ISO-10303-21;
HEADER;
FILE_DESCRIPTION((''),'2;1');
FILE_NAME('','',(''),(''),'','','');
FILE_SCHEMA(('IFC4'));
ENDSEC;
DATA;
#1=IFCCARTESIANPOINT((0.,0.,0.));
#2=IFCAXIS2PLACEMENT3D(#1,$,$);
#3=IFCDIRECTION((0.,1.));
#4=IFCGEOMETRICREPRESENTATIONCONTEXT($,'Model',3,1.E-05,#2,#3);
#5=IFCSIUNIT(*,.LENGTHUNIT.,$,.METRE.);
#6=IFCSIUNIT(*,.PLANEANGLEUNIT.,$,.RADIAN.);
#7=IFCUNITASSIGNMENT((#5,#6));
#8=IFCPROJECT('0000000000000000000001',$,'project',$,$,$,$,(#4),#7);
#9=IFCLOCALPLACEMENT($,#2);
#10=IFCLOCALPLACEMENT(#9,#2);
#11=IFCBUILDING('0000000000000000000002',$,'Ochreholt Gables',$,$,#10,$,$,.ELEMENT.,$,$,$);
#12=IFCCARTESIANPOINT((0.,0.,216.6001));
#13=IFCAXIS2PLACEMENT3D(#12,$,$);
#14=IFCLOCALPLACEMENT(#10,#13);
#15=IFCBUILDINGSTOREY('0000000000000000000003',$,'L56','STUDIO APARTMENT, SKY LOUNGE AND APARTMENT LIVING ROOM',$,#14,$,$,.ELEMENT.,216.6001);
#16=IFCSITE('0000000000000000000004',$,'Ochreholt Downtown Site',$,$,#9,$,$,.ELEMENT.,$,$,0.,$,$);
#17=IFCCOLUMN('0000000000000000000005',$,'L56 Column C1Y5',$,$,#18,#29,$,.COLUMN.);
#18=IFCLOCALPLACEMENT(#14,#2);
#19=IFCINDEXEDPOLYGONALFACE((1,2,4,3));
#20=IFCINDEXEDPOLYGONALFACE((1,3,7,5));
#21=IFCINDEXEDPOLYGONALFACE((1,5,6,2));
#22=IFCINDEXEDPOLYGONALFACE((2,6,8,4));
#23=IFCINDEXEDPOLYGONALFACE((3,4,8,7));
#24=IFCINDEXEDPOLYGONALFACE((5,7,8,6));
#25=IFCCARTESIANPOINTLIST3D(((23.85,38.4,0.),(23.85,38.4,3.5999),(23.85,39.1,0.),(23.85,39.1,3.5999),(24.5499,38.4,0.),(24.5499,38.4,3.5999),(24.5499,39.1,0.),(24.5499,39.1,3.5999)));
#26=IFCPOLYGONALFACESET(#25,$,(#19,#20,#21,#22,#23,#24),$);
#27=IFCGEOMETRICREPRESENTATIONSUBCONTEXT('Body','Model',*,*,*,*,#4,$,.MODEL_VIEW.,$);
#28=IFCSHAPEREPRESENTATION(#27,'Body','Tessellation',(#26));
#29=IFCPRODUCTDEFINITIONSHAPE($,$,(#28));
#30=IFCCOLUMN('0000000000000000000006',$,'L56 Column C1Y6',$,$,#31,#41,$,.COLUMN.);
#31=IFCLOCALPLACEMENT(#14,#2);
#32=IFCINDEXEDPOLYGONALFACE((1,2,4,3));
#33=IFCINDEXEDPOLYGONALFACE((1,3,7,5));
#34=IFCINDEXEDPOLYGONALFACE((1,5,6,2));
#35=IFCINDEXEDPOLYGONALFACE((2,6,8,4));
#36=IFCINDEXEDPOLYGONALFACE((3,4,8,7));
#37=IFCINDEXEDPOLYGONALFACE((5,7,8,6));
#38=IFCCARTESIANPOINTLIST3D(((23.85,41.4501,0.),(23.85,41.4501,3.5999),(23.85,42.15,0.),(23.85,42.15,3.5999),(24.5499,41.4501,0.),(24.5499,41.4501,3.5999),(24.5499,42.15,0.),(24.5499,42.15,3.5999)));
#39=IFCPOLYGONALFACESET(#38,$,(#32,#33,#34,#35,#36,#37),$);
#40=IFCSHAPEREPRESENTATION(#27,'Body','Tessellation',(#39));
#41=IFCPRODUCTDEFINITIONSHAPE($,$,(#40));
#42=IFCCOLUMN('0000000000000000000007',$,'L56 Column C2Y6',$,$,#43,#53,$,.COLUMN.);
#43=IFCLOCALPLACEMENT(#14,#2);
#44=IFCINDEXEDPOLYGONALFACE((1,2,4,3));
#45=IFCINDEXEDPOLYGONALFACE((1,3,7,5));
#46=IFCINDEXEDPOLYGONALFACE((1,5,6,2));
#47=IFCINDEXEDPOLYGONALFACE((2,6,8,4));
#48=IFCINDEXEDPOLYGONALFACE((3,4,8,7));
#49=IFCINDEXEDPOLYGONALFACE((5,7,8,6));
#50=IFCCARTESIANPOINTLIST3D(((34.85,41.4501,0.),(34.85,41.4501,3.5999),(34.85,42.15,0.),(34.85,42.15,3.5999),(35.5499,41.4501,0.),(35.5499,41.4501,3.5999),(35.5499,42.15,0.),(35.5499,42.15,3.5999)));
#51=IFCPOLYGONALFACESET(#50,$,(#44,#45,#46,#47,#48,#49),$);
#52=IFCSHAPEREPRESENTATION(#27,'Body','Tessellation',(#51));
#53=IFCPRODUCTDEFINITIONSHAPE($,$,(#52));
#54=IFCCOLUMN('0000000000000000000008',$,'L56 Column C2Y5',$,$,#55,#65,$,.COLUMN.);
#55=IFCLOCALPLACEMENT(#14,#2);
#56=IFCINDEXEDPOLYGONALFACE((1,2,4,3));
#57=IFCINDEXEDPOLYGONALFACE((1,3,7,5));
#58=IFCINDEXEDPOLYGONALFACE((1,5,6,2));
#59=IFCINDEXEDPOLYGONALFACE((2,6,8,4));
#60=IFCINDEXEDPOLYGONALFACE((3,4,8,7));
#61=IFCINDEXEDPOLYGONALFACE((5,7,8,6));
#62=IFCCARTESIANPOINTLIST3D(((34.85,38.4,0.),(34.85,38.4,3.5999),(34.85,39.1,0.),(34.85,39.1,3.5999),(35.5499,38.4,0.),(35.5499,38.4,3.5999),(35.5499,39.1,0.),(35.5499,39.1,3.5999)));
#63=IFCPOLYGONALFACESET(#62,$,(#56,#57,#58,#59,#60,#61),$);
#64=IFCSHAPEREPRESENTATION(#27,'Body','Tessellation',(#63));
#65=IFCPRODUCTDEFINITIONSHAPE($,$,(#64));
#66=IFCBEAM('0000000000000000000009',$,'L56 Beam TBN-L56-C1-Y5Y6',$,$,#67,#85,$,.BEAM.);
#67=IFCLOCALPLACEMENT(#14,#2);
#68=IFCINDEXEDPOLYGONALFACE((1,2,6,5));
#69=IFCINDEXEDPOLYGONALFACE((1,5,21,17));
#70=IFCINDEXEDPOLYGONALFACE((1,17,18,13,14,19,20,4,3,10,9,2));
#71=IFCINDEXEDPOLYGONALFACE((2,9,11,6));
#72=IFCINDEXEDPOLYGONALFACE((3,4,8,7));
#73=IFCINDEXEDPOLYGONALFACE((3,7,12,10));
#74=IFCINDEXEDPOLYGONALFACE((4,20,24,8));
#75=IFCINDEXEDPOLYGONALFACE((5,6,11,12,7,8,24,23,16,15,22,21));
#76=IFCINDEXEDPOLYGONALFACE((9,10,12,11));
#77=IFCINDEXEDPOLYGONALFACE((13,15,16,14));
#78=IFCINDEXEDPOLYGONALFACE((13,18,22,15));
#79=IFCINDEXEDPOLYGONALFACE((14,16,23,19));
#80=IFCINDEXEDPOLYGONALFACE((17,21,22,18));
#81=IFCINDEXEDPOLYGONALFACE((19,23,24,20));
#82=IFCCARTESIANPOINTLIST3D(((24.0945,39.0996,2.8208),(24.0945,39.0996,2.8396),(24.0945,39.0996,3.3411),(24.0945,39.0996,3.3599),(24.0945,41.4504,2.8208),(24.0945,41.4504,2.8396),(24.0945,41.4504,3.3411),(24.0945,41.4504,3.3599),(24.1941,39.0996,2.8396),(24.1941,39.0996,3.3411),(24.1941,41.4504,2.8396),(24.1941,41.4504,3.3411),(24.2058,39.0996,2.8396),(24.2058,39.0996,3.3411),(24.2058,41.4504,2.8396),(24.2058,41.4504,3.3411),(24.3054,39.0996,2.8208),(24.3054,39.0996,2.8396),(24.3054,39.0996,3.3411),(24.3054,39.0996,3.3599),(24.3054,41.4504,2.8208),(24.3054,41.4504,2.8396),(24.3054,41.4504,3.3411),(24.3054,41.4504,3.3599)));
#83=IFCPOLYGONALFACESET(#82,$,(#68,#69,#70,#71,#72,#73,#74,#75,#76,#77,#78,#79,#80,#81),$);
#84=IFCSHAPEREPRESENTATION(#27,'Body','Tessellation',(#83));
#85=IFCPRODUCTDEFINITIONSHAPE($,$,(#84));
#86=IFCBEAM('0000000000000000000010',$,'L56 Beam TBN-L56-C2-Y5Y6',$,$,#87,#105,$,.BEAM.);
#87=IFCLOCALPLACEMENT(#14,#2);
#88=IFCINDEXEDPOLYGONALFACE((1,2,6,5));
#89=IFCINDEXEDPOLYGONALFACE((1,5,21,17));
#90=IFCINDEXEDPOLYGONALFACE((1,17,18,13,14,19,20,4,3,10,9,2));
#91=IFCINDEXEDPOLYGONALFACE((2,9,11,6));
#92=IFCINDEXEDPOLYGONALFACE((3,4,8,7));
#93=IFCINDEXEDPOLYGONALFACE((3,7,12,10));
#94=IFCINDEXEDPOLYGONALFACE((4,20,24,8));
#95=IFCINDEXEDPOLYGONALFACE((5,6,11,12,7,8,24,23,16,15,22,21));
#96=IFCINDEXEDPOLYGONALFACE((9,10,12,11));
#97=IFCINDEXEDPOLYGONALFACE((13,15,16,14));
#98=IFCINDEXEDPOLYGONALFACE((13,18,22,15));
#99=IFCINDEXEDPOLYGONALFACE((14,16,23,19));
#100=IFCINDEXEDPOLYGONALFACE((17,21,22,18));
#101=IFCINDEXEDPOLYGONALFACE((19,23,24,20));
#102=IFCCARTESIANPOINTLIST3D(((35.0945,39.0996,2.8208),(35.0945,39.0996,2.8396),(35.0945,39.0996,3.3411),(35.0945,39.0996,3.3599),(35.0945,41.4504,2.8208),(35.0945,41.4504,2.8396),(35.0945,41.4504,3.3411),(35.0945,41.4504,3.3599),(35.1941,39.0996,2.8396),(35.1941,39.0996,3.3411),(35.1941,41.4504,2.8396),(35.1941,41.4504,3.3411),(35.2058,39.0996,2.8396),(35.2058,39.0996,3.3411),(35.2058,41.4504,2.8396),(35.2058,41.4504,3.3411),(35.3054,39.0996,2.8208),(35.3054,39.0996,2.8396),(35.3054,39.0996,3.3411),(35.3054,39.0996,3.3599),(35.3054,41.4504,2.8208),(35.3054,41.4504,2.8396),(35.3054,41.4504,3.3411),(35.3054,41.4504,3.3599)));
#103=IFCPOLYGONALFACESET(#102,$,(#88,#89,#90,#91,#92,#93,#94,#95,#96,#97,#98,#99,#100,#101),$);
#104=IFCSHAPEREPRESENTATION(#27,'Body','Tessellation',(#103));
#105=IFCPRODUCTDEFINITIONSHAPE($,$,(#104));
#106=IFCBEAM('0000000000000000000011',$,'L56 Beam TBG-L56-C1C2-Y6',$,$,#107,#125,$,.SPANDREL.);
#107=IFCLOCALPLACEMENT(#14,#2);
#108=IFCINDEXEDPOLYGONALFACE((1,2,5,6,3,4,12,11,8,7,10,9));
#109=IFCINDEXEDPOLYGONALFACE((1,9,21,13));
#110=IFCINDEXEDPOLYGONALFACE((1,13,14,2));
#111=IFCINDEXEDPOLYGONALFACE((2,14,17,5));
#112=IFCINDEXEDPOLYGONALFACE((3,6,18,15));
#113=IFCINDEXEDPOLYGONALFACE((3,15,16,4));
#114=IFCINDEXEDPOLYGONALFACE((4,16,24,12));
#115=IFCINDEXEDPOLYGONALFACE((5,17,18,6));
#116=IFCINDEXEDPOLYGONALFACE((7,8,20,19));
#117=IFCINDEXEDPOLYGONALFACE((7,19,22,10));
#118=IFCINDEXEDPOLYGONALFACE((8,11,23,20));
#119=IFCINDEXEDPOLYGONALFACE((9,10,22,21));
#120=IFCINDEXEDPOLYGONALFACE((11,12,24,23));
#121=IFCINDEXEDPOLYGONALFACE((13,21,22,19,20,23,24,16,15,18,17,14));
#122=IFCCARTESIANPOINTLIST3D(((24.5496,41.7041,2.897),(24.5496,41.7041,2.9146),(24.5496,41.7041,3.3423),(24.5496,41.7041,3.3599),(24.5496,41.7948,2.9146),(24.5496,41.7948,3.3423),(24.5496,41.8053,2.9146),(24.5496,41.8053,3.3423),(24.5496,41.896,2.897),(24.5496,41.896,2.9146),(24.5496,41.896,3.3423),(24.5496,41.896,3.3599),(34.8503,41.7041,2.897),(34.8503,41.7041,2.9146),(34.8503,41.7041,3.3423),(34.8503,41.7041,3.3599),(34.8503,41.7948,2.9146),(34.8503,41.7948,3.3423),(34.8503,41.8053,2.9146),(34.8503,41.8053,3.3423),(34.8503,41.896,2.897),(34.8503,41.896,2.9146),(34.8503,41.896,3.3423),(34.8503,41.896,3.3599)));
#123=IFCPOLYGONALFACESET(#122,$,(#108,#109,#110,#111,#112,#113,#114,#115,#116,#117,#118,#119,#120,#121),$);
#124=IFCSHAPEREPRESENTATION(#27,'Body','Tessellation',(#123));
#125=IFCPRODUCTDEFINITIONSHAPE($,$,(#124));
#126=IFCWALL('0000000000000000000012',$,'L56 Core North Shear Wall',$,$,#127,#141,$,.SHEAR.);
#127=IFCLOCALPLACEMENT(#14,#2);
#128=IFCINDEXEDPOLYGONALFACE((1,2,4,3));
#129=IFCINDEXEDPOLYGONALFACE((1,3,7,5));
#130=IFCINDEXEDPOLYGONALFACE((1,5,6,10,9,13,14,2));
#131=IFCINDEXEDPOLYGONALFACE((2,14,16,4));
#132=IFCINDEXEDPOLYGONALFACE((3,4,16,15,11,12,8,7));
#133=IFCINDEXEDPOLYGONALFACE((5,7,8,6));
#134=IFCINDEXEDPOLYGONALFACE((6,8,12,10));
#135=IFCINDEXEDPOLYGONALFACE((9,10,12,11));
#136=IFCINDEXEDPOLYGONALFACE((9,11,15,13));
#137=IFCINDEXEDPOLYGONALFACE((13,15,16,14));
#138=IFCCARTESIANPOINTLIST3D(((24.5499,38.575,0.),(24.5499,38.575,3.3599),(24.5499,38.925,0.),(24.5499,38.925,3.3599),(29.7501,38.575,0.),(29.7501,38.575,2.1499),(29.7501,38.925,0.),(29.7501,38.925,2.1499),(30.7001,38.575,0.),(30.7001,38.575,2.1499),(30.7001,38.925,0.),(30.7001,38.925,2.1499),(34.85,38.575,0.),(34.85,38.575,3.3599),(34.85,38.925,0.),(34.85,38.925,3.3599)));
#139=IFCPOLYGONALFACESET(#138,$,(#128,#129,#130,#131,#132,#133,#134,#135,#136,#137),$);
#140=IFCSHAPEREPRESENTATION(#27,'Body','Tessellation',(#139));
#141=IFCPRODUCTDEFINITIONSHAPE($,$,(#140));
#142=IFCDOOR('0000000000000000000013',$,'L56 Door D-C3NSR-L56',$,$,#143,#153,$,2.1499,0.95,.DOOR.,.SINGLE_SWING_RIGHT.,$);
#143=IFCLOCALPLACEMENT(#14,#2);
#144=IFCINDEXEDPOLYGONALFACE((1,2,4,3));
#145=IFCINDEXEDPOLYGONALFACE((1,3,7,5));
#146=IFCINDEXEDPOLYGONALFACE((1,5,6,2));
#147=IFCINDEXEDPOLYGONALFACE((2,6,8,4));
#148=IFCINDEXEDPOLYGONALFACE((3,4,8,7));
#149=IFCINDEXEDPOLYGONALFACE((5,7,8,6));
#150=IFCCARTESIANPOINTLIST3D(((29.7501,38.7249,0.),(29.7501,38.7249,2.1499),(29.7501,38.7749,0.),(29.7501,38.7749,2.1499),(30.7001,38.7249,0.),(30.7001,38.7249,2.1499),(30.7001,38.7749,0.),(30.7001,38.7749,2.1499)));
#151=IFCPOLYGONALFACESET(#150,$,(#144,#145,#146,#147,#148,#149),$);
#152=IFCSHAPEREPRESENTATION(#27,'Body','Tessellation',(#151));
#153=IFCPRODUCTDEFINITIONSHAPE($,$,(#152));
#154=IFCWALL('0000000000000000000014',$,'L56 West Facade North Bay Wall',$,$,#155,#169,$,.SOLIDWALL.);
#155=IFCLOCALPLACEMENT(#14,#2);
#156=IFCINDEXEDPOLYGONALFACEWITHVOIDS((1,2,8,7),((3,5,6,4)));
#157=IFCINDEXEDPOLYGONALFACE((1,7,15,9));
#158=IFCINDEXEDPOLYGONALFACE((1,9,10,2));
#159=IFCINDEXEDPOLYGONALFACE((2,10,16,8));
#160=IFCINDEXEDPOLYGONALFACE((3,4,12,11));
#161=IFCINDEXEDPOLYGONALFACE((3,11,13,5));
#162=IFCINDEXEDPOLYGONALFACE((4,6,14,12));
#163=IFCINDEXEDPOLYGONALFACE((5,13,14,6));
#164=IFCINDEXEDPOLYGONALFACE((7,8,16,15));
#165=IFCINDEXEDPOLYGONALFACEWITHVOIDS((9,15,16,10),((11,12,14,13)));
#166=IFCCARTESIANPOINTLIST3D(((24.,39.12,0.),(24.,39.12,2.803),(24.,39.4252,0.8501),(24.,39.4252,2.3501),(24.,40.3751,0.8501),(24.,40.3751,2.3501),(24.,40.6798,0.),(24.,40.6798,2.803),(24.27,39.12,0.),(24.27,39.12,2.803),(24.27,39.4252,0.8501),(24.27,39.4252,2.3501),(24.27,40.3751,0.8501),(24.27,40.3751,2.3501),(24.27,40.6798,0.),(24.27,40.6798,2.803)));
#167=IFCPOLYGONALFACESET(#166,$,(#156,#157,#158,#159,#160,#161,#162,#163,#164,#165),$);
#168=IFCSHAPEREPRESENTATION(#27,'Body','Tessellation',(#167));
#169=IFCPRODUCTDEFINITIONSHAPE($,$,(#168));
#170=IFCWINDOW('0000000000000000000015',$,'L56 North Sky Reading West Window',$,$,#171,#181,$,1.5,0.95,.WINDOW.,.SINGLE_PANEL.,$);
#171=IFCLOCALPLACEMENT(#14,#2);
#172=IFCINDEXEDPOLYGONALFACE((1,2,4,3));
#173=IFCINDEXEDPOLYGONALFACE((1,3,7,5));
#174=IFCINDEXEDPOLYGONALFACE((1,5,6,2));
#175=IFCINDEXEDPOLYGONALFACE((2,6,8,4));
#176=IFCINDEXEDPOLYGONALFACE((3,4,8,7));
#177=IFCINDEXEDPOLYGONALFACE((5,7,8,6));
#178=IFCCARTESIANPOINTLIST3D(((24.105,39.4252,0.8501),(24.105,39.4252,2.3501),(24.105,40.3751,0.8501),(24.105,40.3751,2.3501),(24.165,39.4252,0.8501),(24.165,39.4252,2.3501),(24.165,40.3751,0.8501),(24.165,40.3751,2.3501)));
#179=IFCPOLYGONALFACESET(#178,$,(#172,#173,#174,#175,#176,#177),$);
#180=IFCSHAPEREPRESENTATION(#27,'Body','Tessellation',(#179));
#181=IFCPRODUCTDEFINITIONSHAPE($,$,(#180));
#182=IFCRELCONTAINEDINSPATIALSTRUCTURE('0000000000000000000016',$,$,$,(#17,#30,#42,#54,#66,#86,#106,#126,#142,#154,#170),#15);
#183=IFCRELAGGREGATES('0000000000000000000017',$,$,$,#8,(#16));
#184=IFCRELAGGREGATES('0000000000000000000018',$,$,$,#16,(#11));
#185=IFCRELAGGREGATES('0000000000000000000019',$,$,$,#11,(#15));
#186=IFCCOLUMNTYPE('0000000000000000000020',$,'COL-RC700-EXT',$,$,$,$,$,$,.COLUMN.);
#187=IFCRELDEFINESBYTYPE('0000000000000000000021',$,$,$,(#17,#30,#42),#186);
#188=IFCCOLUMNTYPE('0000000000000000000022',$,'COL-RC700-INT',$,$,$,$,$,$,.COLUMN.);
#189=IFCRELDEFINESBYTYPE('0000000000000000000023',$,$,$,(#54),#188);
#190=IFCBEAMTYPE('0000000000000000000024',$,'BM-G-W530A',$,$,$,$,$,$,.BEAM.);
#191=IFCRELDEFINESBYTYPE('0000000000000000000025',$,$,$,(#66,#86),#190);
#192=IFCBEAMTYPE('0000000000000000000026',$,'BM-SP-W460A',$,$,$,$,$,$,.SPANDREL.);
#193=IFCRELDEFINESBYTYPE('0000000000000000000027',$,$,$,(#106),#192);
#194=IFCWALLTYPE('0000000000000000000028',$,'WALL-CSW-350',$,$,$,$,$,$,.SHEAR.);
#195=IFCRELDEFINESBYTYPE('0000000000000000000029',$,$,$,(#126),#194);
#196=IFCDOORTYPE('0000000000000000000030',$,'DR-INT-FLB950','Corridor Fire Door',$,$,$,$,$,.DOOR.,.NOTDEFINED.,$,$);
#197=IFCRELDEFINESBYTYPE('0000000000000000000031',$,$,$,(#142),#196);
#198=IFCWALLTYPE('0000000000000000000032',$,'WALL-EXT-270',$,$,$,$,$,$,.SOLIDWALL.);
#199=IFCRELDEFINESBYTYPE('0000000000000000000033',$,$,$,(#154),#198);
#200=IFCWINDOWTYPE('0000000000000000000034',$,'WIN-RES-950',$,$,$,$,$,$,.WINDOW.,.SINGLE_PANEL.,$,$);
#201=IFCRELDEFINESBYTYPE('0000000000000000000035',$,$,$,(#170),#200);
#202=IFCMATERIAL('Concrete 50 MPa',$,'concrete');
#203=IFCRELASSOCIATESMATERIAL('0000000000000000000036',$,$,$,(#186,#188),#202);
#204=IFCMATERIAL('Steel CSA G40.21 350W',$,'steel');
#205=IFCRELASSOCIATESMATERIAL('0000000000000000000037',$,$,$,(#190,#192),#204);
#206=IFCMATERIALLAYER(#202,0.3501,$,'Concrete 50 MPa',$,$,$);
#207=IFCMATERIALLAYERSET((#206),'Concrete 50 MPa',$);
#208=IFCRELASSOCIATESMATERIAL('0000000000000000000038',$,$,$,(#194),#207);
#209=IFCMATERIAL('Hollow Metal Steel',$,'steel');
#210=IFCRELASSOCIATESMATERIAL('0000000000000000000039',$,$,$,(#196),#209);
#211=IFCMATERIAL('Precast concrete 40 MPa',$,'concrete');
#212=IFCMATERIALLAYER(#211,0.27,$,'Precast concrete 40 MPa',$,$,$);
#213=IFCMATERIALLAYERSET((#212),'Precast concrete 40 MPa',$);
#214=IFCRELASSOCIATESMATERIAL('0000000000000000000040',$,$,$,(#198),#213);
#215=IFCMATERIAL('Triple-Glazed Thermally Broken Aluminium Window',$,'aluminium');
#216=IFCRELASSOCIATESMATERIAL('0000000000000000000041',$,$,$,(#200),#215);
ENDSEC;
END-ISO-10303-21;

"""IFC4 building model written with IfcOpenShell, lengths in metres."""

from ifc_helpers import new_model, si_unit, direction, frame, frame_2d, origin, origin_2d, place, context, subcontext, project, spatial, rectangle, i_section, extrude, material, layer, layer_set, material_profile, profile_set, type_object, element, fill, save


model = new_model("IFC4")

# Units and contexts
model_context = context("Model", 3, precision=1e-05, world=origin(), true_north=direction((0.0, 1.0)))
body_context = subcontext(model_context, "Body", "Model", "MODEL_VIEW")
ifc_project = project(units=[si_unit("LENGTHUNIT", "METRE"), si_unit("PLANEANGLEUNIT", "RADIAN")], contexts=[model_context])

# Site, building, storey
site_placement = place(None, origin())
site = spatial("IfcSite", under=ifc_project, at=site_placement, Name="Ochreholt Downtown Site", CompositionType="ELEMENT", RefElevation=0.0)
building_placement = place(site_placement, origin())
building = spatial("IfcBuilding", under=site, at=building_placement, Name="Ochreholt Gables", CompositionType="ELEMENT")
storey_placement = place(building_placement, frame((0.0, 0.0, 216.6001)))
storey = spatial("IfcBuildingStorey", under=building, at=storey_placement, Name="L56", Description="STUDIO APARTMENT, SKY LOUNGE AND APARTMENT LIVING ROOM", CompositionType="ELEMENT", Elevation=216.6001)

# Columns
ifc_material_1 = material(Name="Concrete 50 MPa", Category="concrete")
ifc_material_profile_1 = material_profile(ifc_material_1, rectangle(XDim=0.7, YDim=0.7, at=origin_2d()), Name="RC700X700")
ifc_profile_set_1 = profile_set([ifc_material_profile_1], Name="Concrete 50 MPa")
column_type_1 = type_object("IfcColumnType", Name="COL-RC700-EXT", PredefinedType="COLUMN", material=ifc_profile_set_1)
for number, where, z_axis, x_axis, name in (
    (1, (24.2, 38.75, 0.0), (0.0, 0.0, 1.0), (1.0, 0.0, 0.0), "L56 Column C1Y5"),
    (2, (24.2, 41.8, 0.0), (0.0, 0.0, 1.0), (1.0, 0.0, 0.0), "L56 Column C1Y6"),
    (3, (35.2, 41.8, 0.0), (0.0, 0.0, 1.0), (1.0, 0.0, 0.0), "L56 Column C2Y6"),
):
    element("IfcColumn", number, at=place(storey_placement, frame(where, z_axis=z_axis, x_axis=x_axis)), inside=storey, type_object=column_type_1, Name=name, PredefinedType="COLUMN", context=body_context, shape_type="SweptSolid", body=[
        extrude(rectangle(XDim=0.7, YDim=0.7, at=origin_2d()), origin(), (0.0, 0.0, 1.0), 3.5999),
    ])
ifc_material_profile_2 = material_profile(ifc_material_1, rectangle(XDim=0.7, YDim=0.7, at=origin_2d()), Name="RC700X700")
ifc_profile_set_2 = profile_set([ifc_material_profile_2], Name="Concrete 50 MPa")
column_type_2 = type_object("IfcColumnType", Name="COL-RC700-INT", PredefinedType="COLUMN", material=ifc_profile_set_2)
column_placement = place(storey_placement, frame((35.2, 38.75, 0.0), z_axis=(0.0, 0.0, 1.0), x_axis=(1.0, 0.0, 0.0)))
element("IfcColumn", 4, at=column_placement, inside=storey, type_object=column_type_2, Name="L56 Column C2Y5", PredefinedType="COLUMN", context=body_context, shape_type="SweptSolid", body=[
    extrude(rectangle(XDim=0.7, YDim=0.7, at=origin_2d()), origin(), (0.0, 0.0, 1.0), 3.5999),
])

# Beams
ifc_material_2 = material(Name="Steel CSA G40.21 350W", Category="steel")
ifc_material_profile_3 = material_profile(ifc_material_2, i_section(OverallWidth=0.2109, OverallDepth=0.5391, WebThickness=0.0117, FlangeThickness=0.0188, at=origin_2d()), Name="W530X109")
ifc_profile_set_3 = profile_set([ifc_material_profile_3], Name="Steel CSA G40.21 350W")
beam_type_1 = type_object("IfcBeamType", Name="BM-G-W530A", PredefinedType="BEAM", material=ifc_profile_set_3)
for number, where, z_axis, x_axis, name in (
    (5, (24.2, 39.0996, 3.0903), (0.0, 1.0, 0.0), (-1.0, 0.0, 0.0), "L56 Beam TBN-L56-C1-Y5Y6"),
    (6, (35.2, 39.0996, 3.0903), (0.0, 1.0, 0.0), (-1.0, 0.0, 0.0), "L56 Beam TBN-L56-C2-Y5Y6"),
):
    element("IfcBeam", number, at=place(storey_placement, frame(where, z_axis=z_axis, x_axis=x_axis)), inside=storey, type_object=beam_type_1, Name=name, PredefinedType="BEAM", context=body_context, shape_type="SweptSolid", body=[
        extrude(i_section(OverallWidth=0.2109, OverallDepth=0.5391, WebThickness=0.0117, FlangeThickness=0.0188, at=origin_2d()), origin(), (0.0, 0.0, 1.0), 2.3508),
    ])
ifc_material_profile_4 = material_profile(ifc_material_2, i_section(OverallWidth=0.1919, OverallDepth=0.4629, WebThickness=0.0105, FlangeThickness=0.0176, at=origin_2d()), Name="W460X89")
ifc_profile_set_4 = profile_set([ifc_material_profile_4], Name="Steel CSA G40.21 350W")
beam_type_2 = type_object("IfcBeamType", Name="BM-SP-W460A", PredefinedType="SPANDREL", material=ifc_profile_set_4)
beam_placement = place(storey_placement, frame((24.5496, 41.8, 3.1284), z_axis=(1.0, 0.0, 0.0), x_axis=(0.0, 1.0, 0.0)))
element("IfcBeam", 7, at=beam_placement, inside=storey, type_object=beam_type_2, Name="L56 Beam TBG-L56-C1C2-Y6", PredefinedType="SPANDREL", context=body_context, shape_type="SweptSolid", body=[
    extrude(i_section(OverallWidth=0.1919, OverallDepth=0.4629, WebThickness=0.0105, FlangeThickness=0.0176, at=origin_2d()), origin(), (0.0, 0.0, 1.0), 10.3008),
])

# Wall, opening, door
ifc_layer_1 = layer(ifc_material_1, 0.3501, Name="Concrete 50 MPa")
ifc_layer_set_1 = layer_set([ifc_layer_1], Name="Concrete 50 MPa")
wall_type_1 = type_object("IfcWallType", Name="WALL-CSW-350", PredefinedType="SHEAR", material=ifc_layer_set_1)
wall_1_placement = place(storey_placement, frame((24.55, 38.75, 0.0), z_axis=(0.0, 0.0, 1.0), x_axis=(1.0, 0.0, 0.0)))
wall_1 = element("IfcWall", 8, at=wall_1_placement, inside=storey, type_object=wall_type_1, Name="L56 Core North Shear Wall", PredefinedType="SHEAR", context=body_context, shape_type="SweptSolid", body=[
    extrude(rectangle(XDim=10.3, YDim=0.3501, at=frame_2d((5.1499, 0.0))), origin(), (0.0, 0.0, 1.0), 3.3599),
])
opening_1_placement = place(wall_1_placement, frame((5.2, 0.0, 0.0)))
opening_1 = element("IfcOpeningElement", 9, at=opening_1_placement, cuts=wall_1, PredefinedType="OPENING", context=body_context, shape_type="SweptSolid", body=[
    extrude(rectangle(XDim=0.95, YDim=2.1499, at=frame_2d((0.4751, 1.075))), frame((0.0, 0.1851, 0.0), z_axis=(0.0, -1.0, 0.0), x_axis=(1.0, 0.0, 0.0)), (0.0, 0.0, 1.0), 0.3701),
])
ifc_material_3 = material(Name="Hollow Metal Steel", Category="steel")
door_type_1 = type_object("IfcDoorType", Name="DR-INT-FLB950", Description="Corridor Fire Door", OperationType="NOTDEFINED", PredefinedType="DOOR", material=ifc_material_3)
door_1_placement = place(opening_1_placement, origin())
door_1 = element("IfcDoor", 10, at=door_1_placement, inside=storey, type_object=door_type_1, Name="L56 Door D-C3NSR-L56", OperationType="SINGLE_SWING_RIGHT", OverallHeight=2.1499, OverallWidth=0.95, PredefinedType="DOOR", context=body_context, shape_type="SweptSolid", body=[
    extrude(rectangle(XDim=0.95, YDim=2.1499, at=frame_2d((0.4751, 1.075))), frame((0.0, 0.0249, 0.0), z_axis=(0.0, -1.0, 0.0), x_axis=(1.0, 0.0, 0.0)), (0.0, 0.0, 1.0), 0.05),
])
fill(opening_1, door_1)

# Wall, opening, window
ifc_material_4 = material(Name="Precast concrete 40 MPa", Category="concrete")
ifc_layer_2 = layer(ifc_material_4, 0.27, Name="Precast concrete 40 MPa")
ifc_layer_set_2 = layer_set([ifc_layer_2], Name="Precast concrete 40 MPa")
wall_type_2 = type_object("IfcWallType", Name="WALL-EXT-270", PredefinedType="SOLIDWALL", material=ifc_layer_set_2)
wall_2_placement = place(storey_placement, frame((24.135, 39.1201, 0.0), z_axis=(0.0, 0.0, 1.0), x_axis=(0.0, 1.0, 0.0)))
wall_2 = element("IfcWall", 11, at=wall_2_placement, inside=storey, type_object=wall_type_2, Name="L56 West Facade North Bay Wall", PredefinedType="SOLIDWALL", context=body_context, shape_type="SweptSolid", body=[
    extrude(rectangle(XDim=1.5598, YDim=0.27, at=frame_2d((0.7798, 0.0))), origin(), (0.0, 0.0, 1.0), 2.803),
])
opening_2_placement = place(wall_2_placement, frame((0.3049, 0.0, 0.8501)))
opening_2 = element("IfcOpeningElement", 12, at=opening_2_placement, cuts=wall_2, PredefinedType="OPENING", context=body_context, shape_type="SweptSolid", body=[
    extrude(rectangle(XDim=0.95, YDim=1.5, at=frame_2d((0.4751, 0.75))), frame((0.0, 0.145, 0.0), z_axis=(0.0, -1.0, 0.0), x_axis=(1.0, 0.0, 0.0)), (0.0, 0.0, 1.0), 0.29),
])
ifc_material_5 = material(Name="Triple-Glazed Thermally Broken Aluminium Window", Category="aluminium")
window_type = type_object("IfcWindowType", Name="WIN-RES-950", PartitioningType="SINGLE_PANEL", PredefinedType="WINDOW", material=ifc_material_5)
window_placement = place(opening_2_placement, origin())
window = element("IfcWindow", 13, at=window_placement, inside=storey, type_object=window_type, Name="L56 North Sky Reading West Window", OverallHeight=1.5, OverallWidth=0.95, PartitioningType="SINGLE_PANEL", PredefinedType="WINDOW", context=body_context, shape_type="SweptSolid", body=[
    extrude(rectangle(XDim=0.95, YDim=1.5, at=frame_2d((0.4751, 0.75))), frame((0.0, 0.03, 0.0), z_axis=(0.0, -1.0, 0.0), x_axis=(1.0, 0.0, 0.0)), (0.0, 0.0, 1.0), 0.0601),
])
fill(opening_2, window)

save(model, "model.ifc")
